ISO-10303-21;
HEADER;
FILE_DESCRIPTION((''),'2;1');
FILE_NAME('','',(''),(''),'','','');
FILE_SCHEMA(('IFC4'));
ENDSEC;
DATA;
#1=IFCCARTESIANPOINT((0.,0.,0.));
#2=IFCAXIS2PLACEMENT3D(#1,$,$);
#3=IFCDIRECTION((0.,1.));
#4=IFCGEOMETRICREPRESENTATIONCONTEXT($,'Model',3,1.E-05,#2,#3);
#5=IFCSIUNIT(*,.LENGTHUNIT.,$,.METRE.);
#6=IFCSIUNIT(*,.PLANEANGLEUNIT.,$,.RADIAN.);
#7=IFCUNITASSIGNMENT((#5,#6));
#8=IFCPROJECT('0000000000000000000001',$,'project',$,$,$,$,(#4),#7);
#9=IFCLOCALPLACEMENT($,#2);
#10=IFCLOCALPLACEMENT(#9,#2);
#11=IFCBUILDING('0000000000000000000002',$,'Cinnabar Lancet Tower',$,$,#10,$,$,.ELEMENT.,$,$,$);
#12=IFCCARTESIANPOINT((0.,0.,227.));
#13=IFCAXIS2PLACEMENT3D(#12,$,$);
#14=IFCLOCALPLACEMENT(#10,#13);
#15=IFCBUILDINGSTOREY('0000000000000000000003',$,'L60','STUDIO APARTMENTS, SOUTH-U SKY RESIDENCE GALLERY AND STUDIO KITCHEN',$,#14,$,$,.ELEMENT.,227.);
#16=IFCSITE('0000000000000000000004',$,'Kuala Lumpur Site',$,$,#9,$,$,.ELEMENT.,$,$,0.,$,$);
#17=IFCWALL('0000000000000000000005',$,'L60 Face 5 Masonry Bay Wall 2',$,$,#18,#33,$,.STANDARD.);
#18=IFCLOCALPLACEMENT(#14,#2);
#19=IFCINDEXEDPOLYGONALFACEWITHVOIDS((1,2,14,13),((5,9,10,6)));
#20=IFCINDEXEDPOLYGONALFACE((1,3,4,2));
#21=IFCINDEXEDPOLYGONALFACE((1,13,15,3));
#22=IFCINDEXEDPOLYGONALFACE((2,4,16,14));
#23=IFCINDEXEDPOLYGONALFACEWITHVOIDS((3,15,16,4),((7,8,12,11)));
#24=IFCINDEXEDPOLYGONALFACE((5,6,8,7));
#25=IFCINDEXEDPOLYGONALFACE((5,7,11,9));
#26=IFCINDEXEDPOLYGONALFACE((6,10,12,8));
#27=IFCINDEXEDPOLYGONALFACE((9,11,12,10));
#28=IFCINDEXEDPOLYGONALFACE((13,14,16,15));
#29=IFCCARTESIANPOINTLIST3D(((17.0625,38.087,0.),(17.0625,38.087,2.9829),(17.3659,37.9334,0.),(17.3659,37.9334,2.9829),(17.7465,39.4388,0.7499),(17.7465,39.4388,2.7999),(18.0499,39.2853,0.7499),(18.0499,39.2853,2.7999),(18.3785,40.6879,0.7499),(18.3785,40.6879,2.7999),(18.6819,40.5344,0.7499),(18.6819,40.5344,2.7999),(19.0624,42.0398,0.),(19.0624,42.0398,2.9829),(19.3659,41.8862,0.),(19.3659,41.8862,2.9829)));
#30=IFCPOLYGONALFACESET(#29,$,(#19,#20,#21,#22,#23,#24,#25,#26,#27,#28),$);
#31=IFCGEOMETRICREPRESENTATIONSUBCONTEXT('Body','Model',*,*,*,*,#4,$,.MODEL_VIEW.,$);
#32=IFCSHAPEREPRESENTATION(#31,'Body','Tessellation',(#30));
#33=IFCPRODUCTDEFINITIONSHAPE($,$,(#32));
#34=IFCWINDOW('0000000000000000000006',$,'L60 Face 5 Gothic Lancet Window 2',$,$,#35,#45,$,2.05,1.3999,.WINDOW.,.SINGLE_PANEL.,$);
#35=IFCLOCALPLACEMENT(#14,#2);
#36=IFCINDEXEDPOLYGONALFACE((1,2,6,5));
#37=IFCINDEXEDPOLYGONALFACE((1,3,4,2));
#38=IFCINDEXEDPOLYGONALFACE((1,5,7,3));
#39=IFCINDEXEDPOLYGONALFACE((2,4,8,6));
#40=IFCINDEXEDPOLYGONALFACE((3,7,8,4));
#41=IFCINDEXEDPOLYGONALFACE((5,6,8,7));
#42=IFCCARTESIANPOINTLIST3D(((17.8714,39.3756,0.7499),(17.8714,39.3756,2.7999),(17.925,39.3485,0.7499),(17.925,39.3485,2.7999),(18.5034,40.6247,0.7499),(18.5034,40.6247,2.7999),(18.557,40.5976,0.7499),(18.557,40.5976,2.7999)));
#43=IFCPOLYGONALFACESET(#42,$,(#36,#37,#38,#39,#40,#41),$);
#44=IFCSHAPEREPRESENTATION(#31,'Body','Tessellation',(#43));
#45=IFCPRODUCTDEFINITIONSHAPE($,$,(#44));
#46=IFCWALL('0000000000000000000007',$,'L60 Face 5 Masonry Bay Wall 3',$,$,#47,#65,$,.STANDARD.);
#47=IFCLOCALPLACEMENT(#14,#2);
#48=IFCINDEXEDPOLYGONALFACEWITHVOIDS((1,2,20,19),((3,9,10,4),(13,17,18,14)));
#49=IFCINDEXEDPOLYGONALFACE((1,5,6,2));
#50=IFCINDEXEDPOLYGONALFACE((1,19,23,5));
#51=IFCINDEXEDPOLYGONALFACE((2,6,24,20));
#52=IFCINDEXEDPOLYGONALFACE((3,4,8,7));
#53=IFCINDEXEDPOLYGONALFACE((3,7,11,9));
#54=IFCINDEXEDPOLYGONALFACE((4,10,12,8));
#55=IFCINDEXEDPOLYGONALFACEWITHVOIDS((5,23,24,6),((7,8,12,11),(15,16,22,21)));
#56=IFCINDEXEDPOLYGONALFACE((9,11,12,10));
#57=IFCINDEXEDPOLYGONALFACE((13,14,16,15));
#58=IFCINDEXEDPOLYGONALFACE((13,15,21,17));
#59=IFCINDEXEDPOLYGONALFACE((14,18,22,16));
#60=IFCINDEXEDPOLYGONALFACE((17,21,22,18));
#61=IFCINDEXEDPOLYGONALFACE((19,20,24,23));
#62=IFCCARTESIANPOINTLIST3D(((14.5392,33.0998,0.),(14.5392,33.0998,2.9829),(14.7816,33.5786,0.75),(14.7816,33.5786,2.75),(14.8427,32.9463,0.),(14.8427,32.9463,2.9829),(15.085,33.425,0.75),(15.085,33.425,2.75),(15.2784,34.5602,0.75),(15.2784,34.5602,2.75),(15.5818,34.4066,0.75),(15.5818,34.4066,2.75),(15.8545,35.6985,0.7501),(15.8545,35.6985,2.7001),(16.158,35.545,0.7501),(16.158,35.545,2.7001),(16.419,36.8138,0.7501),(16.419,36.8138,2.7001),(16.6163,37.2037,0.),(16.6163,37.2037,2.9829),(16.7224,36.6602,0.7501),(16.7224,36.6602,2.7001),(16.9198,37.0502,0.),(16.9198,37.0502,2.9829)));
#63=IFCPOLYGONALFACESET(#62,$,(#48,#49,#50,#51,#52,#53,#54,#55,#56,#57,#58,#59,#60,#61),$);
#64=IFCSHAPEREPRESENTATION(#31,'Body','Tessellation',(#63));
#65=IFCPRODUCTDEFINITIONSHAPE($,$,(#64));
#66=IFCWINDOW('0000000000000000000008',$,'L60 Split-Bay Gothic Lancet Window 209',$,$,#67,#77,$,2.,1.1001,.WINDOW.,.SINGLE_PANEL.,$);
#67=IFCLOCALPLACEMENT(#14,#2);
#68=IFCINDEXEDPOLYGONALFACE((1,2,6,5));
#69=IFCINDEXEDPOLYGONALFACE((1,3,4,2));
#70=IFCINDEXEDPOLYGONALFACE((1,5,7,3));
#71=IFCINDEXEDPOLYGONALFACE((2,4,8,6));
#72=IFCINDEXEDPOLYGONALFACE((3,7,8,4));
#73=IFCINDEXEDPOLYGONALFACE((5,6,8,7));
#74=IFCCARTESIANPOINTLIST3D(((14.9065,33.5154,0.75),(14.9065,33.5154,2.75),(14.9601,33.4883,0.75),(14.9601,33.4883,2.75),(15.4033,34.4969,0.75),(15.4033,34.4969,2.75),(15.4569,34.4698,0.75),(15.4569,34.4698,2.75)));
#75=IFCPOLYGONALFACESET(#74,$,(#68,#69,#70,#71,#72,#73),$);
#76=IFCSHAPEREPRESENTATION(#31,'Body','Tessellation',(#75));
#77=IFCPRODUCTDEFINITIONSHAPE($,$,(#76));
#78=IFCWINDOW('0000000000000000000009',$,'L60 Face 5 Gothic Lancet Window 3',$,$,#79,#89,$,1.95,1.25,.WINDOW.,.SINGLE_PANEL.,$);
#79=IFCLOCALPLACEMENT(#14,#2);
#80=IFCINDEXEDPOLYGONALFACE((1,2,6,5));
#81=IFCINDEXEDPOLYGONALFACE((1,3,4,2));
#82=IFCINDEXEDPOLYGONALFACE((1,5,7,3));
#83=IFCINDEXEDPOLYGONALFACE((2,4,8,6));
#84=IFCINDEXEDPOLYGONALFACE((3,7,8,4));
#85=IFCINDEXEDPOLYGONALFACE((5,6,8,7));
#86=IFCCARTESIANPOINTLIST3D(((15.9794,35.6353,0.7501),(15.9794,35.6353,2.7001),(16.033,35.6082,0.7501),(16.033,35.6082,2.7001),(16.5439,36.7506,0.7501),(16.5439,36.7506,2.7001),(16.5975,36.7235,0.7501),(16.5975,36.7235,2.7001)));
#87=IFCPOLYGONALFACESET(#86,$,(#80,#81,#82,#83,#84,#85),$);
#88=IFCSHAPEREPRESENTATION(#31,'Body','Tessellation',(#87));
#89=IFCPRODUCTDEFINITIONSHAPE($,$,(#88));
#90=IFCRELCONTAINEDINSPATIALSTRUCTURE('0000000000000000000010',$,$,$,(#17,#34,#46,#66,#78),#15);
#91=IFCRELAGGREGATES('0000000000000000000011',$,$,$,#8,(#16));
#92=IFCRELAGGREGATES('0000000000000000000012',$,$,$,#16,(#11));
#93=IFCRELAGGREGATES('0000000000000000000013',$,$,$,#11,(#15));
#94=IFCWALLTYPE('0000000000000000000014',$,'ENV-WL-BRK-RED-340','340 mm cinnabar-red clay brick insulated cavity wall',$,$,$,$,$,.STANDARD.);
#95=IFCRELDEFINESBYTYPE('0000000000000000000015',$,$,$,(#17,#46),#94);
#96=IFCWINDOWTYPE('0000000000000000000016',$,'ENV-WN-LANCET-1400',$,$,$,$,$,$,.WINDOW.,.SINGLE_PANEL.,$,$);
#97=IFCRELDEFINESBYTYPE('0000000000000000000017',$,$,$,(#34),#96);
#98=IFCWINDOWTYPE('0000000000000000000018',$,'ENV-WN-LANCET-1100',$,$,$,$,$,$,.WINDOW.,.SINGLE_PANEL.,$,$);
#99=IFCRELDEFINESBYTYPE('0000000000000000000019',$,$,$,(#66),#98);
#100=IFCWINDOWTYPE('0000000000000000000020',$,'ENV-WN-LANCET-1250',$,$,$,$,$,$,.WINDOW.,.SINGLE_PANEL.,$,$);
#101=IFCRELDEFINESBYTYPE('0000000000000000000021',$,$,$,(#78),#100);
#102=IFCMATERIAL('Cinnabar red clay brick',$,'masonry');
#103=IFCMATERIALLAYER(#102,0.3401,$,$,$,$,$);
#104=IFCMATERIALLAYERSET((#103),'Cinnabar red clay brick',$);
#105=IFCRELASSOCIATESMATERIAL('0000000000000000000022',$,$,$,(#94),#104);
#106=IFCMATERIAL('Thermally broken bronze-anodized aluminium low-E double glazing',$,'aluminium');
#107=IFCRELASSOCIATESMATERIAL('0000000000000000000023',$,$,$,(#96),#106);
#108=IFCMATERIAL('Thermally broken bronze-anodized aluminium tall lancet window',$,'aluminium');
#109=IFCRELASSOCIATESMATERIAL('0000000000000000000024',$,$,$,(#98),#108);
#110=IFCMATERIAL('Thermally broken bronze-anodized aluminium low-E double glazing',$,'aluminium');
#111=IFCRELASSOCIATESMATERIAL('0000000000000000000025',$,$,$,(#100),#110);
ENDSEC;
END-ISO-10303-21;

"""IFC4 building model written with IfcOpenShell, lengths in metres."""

from ifc_helpers import new_model, si_unit, direction, frame, frame_2d, origin, place, context, subcontext, project, spatial, rectangle, extrude, material, layer, layer_set, type_object, element, fill, save


model = new_model("IFC4")

# Units and contexts
model_context = context("Model", 3, precision=1e-05, world=origin(), true_north=direction((0.0, 1.0)))
body_context = subcontext(model_context, "Body", "Model", "MODEL_VIEW")
ifc_project = project(units=[si_unit("LENGTHUNIT", "METRE"), si_unit("PLANEANGLEUNIT", "RADIAN")], contexts=[model_context])

# Site, building, storey
site_placement = place(None, origin())
site = spatial("IfcSite", under=ifc_project, at=site_placement, Name="Kuala Lumpur Site", CompositionType="ELEMENT", RefElevation=0.0)
building_placement = place(site_placement, origin())
building = spatial("IfcBuilding", under=site, at=building_placement, Name="Cinnabar Lancet Tower", CompositionType="ELEMENT")
storey_placement = place(building_placement, frame((0.0, 0.0, 227.0)))
storey = spatial("IfcBuildingStorey", under=building, at=storey_placement, Name="L60", Description="STUDIO APARTMENTS, SOUTH-U SKY RESIDENCE GALLERY AND STUDIO KITCHEN", CompositionType="ELEMENT", Elevation=227.0)

# Shared definitions
ifc_material_1 = material(Name="Cinnabar red clay brick", Category="masonry")
ifc_layer_1 = layer(ifc_material_1, 0.3401)
ifc_layer_set_1 = layer_set([ifc_layer_1], Name="Cinnabar red clay brick")
wall_type_1 = type_object("IfcWallType", Name="ENV-WL-BRK-RED-340", Description="340 mm cinnabar-red clay brick insulated cavity wall", PredefinedType="STANDARD", material=ifc_layer_set_1)

# Wall, opening, window
wall_1_placement = place(storey_placement, frame((19.2141, 41.9629, 0.0), z_axis=(0.0, 0.0, 1.0), x_axis=(-0.451463, -0.89229, 0.0)))
wall_1 = element("IfcWall", 1, at=wall_1_placement, inside=storey, type_object=wall_type_1, Name="L60 Face 5 Masonry Bay Wall 2", PredefinedType="STANDARD", context=body_context, shape_type="SweptSolid", body=[
    extrude(rectangle(XDim=4.4299, YDim=0.3401, at=frame_2d((2.2148, 0.0))), origin(), (0.0, 0.0, 1.0), 2.9829),
])
opening_1_placement = place(wall_1_placement, frame((1.5149, 0.0, 0.75)))
opening_1 = element("IfcOpeningElement", 2, at=opening_1_placement, cuts=wall_1, PredefinedType="OPENING", context=body_context, shape_type="SweptSolid", body=[
    extrude(rectangle(XDim=1.3999, YDim=2.05, at=frame_2d((0.7, 1.0249))), frame((0.0, 0.1799, 0.0), z_axis=(0.0, -1.0, 0.0), x_axis=(1.0, 0.0, 0.0)), (0.0, 0.0, 1.0), 0.3601),
])
ifc_material_2 = material(Name="Thermally broken bronze-anodized aluminium low-E double glazing", Category="aluminium")
window_type_1 = type_object("IfcWindowType", Name="ENV-WN-LANCET-1400", PartitioningType="SINGLE_PANEL", PredefinedType="WINDOW", material=ifc_material_2)
window_1_placement = place(opening_1_placement, origin())
window_1 = element("IfcWindow", 3, at=window_1_placement, inside=storey, type_object=window_type_1, Name="L60 Face 5 Gothic Lancet Window 2", OverallHeight=2.05, OverallWidth=1.3999, PartitioningType="SINGLE_PANEL", PredefinedType="WINDOW", context=body_context, shape_type="SweptSolid", body=[
    extrude(rectangle(XDim=1.3999, YDim=2.05, at=frame_2d((0.7, 1.0249))), frame((0.0, 0.03, 0.0), z_axis=(0.0, -1.0, 0.0), x_axis=(1.0, 0.0, 0.0)), (0.0, 0.0, 1.0), 0.0601),
])
fill(opening_1, window_1)

# Wall, openings, windows
wall_2_placement = place(storey_placement, frame((16.7681, 37.127, 0.0), z_axis=(0.0, 0.0, 1.0), x_axis=(-0.451582, -0.89223, 0.0)))
wall_2 = element("IfcWall", 4, at=wall_2_placement, inside=storey, type_object=wall_type_1, Name="L60 Face 5 Masonry Bay Wall 3", PredefinedType="STANDARD", context=body_context, shape_type="SweptSolid", body=[
    extrude(rectangle(XDim=4.5996, YDim=0.3401, at=frame_2d((2.2998, 0.0))), origin(), (0.0, 0.0, 1.0), 2.9829),
])
opening_2_placement = place(wall_2_placement, frame((0.437, 0.0, 0.75)))
opening_2 = element("IfcOpeningElement", 5, at=opening_2_placement, cuts=wall_2, PredefinedType="OPENING", context=body_context, shape_type="SweptSolid", body=[
    extrude(rectangle(XDim=1.25, YDim=1.95, at=frame_2d((0.625, 0.9751))), frame((0.0, 0.1799, 0.0), z_axis=(0.0, -1.0, 0.0), x_axis=(1.0, 0.0, 0.0)), (0.0, 0.0, 1.0), 0.3601),
])
opening_3_placement = place(wall_2_placement, frame((2.9629, 0.0, 0.75)))
opening_3 = element("IfcOpeningElement", 6, at=opening_3_placement, cuts=wall_2, PredefinedType="OPENING", context=body_context, shape_type="SweptSolid", body=[
    extrude(rectangle(XDim=1.1001, YDim=2.0, at=frame_2d((0.55, 1.0))), frame((0.0, 0.1799, 0.0), z_axis=(0.0, -1.0, 0.0), x_axis=(1.0, 0.0, 0.0)), (0.0, 0.0, 1.0), 0.3601),
])
ifc_material_3 = material(Name="Thermally broken bronze-anodized aluminium tall lancet window", Category="aluminium")
window_type_2 = type_object("IfcWindowType", Name="ENV-WN-LANCET-1100", PartitioningType="SINGLE_PANEL", PredefinedType="WINDOW", material=ifc_material_3)
window_2_placement = place(opening_3_placement, origin())
window_2 = element("IfcWindow", 7, at=window_2_placement, inside=storey, type_object=window_type_2, Name="L60 Split-Bay Gothic Lancet Window 209", OverallHeight=2.0, OverallWidth=1.1001, PartitioningType="SINGLE_PANEL", PredefinedType="WINDOW", context=body_context, shape_type="SweptSolid", body=[
    extrude(rectangle(XDim=1.1001, YDim=2.0, at=frame_2d((0.55, 1.0))), frame((0.0, 0.03, 0.0), z_axis=(0.0, -1.0, 0.0), x_axis=(1.0, 0.0, 0.0)), (0.0, 0.0, 1.0), 0.0601),
])
fill(opening_3, window_2)
ifc_material_4 = material(Name="Thermally broken bronze-anodized aluminium low-E double glazing", Category="aluminium")
window_type_3 = type_object("IfcWindowType", Name="ENV-WN-LANCET-1250", PartitioningType="SINGLE_PANEL", PredefinedType="WINDOW", material=ifc_material_4)
window_3_placement = place(opening_2_placement, origin())
window_3 = element("IfcWindow", 8, at=window_3_placement, inside=storey, type_object=window_type_3, Name="L60 Face 5 Gothic Lancet Window 3", OverallHeight=1.95, OverallWidth=1.25, PartitioningType="SINGLE_PANEL", PredefinedType="WINDOW", context=body_context, shape_type="SweptSolid", body=[
    extrude(rectangle(XDim=1.25, YDim=1.95, at=frame_2d((0.625, 0.9751))), frame((0.0, 0.03, 0.0), z_axis=(0.0, -1.0, 0.0), x_axis=(1.0, 0.0, 0.0)), (0.0, 0.0, 1.0), 0.0601),
])
fill(opening_2, window_3)

save(model, "model.ifc")
